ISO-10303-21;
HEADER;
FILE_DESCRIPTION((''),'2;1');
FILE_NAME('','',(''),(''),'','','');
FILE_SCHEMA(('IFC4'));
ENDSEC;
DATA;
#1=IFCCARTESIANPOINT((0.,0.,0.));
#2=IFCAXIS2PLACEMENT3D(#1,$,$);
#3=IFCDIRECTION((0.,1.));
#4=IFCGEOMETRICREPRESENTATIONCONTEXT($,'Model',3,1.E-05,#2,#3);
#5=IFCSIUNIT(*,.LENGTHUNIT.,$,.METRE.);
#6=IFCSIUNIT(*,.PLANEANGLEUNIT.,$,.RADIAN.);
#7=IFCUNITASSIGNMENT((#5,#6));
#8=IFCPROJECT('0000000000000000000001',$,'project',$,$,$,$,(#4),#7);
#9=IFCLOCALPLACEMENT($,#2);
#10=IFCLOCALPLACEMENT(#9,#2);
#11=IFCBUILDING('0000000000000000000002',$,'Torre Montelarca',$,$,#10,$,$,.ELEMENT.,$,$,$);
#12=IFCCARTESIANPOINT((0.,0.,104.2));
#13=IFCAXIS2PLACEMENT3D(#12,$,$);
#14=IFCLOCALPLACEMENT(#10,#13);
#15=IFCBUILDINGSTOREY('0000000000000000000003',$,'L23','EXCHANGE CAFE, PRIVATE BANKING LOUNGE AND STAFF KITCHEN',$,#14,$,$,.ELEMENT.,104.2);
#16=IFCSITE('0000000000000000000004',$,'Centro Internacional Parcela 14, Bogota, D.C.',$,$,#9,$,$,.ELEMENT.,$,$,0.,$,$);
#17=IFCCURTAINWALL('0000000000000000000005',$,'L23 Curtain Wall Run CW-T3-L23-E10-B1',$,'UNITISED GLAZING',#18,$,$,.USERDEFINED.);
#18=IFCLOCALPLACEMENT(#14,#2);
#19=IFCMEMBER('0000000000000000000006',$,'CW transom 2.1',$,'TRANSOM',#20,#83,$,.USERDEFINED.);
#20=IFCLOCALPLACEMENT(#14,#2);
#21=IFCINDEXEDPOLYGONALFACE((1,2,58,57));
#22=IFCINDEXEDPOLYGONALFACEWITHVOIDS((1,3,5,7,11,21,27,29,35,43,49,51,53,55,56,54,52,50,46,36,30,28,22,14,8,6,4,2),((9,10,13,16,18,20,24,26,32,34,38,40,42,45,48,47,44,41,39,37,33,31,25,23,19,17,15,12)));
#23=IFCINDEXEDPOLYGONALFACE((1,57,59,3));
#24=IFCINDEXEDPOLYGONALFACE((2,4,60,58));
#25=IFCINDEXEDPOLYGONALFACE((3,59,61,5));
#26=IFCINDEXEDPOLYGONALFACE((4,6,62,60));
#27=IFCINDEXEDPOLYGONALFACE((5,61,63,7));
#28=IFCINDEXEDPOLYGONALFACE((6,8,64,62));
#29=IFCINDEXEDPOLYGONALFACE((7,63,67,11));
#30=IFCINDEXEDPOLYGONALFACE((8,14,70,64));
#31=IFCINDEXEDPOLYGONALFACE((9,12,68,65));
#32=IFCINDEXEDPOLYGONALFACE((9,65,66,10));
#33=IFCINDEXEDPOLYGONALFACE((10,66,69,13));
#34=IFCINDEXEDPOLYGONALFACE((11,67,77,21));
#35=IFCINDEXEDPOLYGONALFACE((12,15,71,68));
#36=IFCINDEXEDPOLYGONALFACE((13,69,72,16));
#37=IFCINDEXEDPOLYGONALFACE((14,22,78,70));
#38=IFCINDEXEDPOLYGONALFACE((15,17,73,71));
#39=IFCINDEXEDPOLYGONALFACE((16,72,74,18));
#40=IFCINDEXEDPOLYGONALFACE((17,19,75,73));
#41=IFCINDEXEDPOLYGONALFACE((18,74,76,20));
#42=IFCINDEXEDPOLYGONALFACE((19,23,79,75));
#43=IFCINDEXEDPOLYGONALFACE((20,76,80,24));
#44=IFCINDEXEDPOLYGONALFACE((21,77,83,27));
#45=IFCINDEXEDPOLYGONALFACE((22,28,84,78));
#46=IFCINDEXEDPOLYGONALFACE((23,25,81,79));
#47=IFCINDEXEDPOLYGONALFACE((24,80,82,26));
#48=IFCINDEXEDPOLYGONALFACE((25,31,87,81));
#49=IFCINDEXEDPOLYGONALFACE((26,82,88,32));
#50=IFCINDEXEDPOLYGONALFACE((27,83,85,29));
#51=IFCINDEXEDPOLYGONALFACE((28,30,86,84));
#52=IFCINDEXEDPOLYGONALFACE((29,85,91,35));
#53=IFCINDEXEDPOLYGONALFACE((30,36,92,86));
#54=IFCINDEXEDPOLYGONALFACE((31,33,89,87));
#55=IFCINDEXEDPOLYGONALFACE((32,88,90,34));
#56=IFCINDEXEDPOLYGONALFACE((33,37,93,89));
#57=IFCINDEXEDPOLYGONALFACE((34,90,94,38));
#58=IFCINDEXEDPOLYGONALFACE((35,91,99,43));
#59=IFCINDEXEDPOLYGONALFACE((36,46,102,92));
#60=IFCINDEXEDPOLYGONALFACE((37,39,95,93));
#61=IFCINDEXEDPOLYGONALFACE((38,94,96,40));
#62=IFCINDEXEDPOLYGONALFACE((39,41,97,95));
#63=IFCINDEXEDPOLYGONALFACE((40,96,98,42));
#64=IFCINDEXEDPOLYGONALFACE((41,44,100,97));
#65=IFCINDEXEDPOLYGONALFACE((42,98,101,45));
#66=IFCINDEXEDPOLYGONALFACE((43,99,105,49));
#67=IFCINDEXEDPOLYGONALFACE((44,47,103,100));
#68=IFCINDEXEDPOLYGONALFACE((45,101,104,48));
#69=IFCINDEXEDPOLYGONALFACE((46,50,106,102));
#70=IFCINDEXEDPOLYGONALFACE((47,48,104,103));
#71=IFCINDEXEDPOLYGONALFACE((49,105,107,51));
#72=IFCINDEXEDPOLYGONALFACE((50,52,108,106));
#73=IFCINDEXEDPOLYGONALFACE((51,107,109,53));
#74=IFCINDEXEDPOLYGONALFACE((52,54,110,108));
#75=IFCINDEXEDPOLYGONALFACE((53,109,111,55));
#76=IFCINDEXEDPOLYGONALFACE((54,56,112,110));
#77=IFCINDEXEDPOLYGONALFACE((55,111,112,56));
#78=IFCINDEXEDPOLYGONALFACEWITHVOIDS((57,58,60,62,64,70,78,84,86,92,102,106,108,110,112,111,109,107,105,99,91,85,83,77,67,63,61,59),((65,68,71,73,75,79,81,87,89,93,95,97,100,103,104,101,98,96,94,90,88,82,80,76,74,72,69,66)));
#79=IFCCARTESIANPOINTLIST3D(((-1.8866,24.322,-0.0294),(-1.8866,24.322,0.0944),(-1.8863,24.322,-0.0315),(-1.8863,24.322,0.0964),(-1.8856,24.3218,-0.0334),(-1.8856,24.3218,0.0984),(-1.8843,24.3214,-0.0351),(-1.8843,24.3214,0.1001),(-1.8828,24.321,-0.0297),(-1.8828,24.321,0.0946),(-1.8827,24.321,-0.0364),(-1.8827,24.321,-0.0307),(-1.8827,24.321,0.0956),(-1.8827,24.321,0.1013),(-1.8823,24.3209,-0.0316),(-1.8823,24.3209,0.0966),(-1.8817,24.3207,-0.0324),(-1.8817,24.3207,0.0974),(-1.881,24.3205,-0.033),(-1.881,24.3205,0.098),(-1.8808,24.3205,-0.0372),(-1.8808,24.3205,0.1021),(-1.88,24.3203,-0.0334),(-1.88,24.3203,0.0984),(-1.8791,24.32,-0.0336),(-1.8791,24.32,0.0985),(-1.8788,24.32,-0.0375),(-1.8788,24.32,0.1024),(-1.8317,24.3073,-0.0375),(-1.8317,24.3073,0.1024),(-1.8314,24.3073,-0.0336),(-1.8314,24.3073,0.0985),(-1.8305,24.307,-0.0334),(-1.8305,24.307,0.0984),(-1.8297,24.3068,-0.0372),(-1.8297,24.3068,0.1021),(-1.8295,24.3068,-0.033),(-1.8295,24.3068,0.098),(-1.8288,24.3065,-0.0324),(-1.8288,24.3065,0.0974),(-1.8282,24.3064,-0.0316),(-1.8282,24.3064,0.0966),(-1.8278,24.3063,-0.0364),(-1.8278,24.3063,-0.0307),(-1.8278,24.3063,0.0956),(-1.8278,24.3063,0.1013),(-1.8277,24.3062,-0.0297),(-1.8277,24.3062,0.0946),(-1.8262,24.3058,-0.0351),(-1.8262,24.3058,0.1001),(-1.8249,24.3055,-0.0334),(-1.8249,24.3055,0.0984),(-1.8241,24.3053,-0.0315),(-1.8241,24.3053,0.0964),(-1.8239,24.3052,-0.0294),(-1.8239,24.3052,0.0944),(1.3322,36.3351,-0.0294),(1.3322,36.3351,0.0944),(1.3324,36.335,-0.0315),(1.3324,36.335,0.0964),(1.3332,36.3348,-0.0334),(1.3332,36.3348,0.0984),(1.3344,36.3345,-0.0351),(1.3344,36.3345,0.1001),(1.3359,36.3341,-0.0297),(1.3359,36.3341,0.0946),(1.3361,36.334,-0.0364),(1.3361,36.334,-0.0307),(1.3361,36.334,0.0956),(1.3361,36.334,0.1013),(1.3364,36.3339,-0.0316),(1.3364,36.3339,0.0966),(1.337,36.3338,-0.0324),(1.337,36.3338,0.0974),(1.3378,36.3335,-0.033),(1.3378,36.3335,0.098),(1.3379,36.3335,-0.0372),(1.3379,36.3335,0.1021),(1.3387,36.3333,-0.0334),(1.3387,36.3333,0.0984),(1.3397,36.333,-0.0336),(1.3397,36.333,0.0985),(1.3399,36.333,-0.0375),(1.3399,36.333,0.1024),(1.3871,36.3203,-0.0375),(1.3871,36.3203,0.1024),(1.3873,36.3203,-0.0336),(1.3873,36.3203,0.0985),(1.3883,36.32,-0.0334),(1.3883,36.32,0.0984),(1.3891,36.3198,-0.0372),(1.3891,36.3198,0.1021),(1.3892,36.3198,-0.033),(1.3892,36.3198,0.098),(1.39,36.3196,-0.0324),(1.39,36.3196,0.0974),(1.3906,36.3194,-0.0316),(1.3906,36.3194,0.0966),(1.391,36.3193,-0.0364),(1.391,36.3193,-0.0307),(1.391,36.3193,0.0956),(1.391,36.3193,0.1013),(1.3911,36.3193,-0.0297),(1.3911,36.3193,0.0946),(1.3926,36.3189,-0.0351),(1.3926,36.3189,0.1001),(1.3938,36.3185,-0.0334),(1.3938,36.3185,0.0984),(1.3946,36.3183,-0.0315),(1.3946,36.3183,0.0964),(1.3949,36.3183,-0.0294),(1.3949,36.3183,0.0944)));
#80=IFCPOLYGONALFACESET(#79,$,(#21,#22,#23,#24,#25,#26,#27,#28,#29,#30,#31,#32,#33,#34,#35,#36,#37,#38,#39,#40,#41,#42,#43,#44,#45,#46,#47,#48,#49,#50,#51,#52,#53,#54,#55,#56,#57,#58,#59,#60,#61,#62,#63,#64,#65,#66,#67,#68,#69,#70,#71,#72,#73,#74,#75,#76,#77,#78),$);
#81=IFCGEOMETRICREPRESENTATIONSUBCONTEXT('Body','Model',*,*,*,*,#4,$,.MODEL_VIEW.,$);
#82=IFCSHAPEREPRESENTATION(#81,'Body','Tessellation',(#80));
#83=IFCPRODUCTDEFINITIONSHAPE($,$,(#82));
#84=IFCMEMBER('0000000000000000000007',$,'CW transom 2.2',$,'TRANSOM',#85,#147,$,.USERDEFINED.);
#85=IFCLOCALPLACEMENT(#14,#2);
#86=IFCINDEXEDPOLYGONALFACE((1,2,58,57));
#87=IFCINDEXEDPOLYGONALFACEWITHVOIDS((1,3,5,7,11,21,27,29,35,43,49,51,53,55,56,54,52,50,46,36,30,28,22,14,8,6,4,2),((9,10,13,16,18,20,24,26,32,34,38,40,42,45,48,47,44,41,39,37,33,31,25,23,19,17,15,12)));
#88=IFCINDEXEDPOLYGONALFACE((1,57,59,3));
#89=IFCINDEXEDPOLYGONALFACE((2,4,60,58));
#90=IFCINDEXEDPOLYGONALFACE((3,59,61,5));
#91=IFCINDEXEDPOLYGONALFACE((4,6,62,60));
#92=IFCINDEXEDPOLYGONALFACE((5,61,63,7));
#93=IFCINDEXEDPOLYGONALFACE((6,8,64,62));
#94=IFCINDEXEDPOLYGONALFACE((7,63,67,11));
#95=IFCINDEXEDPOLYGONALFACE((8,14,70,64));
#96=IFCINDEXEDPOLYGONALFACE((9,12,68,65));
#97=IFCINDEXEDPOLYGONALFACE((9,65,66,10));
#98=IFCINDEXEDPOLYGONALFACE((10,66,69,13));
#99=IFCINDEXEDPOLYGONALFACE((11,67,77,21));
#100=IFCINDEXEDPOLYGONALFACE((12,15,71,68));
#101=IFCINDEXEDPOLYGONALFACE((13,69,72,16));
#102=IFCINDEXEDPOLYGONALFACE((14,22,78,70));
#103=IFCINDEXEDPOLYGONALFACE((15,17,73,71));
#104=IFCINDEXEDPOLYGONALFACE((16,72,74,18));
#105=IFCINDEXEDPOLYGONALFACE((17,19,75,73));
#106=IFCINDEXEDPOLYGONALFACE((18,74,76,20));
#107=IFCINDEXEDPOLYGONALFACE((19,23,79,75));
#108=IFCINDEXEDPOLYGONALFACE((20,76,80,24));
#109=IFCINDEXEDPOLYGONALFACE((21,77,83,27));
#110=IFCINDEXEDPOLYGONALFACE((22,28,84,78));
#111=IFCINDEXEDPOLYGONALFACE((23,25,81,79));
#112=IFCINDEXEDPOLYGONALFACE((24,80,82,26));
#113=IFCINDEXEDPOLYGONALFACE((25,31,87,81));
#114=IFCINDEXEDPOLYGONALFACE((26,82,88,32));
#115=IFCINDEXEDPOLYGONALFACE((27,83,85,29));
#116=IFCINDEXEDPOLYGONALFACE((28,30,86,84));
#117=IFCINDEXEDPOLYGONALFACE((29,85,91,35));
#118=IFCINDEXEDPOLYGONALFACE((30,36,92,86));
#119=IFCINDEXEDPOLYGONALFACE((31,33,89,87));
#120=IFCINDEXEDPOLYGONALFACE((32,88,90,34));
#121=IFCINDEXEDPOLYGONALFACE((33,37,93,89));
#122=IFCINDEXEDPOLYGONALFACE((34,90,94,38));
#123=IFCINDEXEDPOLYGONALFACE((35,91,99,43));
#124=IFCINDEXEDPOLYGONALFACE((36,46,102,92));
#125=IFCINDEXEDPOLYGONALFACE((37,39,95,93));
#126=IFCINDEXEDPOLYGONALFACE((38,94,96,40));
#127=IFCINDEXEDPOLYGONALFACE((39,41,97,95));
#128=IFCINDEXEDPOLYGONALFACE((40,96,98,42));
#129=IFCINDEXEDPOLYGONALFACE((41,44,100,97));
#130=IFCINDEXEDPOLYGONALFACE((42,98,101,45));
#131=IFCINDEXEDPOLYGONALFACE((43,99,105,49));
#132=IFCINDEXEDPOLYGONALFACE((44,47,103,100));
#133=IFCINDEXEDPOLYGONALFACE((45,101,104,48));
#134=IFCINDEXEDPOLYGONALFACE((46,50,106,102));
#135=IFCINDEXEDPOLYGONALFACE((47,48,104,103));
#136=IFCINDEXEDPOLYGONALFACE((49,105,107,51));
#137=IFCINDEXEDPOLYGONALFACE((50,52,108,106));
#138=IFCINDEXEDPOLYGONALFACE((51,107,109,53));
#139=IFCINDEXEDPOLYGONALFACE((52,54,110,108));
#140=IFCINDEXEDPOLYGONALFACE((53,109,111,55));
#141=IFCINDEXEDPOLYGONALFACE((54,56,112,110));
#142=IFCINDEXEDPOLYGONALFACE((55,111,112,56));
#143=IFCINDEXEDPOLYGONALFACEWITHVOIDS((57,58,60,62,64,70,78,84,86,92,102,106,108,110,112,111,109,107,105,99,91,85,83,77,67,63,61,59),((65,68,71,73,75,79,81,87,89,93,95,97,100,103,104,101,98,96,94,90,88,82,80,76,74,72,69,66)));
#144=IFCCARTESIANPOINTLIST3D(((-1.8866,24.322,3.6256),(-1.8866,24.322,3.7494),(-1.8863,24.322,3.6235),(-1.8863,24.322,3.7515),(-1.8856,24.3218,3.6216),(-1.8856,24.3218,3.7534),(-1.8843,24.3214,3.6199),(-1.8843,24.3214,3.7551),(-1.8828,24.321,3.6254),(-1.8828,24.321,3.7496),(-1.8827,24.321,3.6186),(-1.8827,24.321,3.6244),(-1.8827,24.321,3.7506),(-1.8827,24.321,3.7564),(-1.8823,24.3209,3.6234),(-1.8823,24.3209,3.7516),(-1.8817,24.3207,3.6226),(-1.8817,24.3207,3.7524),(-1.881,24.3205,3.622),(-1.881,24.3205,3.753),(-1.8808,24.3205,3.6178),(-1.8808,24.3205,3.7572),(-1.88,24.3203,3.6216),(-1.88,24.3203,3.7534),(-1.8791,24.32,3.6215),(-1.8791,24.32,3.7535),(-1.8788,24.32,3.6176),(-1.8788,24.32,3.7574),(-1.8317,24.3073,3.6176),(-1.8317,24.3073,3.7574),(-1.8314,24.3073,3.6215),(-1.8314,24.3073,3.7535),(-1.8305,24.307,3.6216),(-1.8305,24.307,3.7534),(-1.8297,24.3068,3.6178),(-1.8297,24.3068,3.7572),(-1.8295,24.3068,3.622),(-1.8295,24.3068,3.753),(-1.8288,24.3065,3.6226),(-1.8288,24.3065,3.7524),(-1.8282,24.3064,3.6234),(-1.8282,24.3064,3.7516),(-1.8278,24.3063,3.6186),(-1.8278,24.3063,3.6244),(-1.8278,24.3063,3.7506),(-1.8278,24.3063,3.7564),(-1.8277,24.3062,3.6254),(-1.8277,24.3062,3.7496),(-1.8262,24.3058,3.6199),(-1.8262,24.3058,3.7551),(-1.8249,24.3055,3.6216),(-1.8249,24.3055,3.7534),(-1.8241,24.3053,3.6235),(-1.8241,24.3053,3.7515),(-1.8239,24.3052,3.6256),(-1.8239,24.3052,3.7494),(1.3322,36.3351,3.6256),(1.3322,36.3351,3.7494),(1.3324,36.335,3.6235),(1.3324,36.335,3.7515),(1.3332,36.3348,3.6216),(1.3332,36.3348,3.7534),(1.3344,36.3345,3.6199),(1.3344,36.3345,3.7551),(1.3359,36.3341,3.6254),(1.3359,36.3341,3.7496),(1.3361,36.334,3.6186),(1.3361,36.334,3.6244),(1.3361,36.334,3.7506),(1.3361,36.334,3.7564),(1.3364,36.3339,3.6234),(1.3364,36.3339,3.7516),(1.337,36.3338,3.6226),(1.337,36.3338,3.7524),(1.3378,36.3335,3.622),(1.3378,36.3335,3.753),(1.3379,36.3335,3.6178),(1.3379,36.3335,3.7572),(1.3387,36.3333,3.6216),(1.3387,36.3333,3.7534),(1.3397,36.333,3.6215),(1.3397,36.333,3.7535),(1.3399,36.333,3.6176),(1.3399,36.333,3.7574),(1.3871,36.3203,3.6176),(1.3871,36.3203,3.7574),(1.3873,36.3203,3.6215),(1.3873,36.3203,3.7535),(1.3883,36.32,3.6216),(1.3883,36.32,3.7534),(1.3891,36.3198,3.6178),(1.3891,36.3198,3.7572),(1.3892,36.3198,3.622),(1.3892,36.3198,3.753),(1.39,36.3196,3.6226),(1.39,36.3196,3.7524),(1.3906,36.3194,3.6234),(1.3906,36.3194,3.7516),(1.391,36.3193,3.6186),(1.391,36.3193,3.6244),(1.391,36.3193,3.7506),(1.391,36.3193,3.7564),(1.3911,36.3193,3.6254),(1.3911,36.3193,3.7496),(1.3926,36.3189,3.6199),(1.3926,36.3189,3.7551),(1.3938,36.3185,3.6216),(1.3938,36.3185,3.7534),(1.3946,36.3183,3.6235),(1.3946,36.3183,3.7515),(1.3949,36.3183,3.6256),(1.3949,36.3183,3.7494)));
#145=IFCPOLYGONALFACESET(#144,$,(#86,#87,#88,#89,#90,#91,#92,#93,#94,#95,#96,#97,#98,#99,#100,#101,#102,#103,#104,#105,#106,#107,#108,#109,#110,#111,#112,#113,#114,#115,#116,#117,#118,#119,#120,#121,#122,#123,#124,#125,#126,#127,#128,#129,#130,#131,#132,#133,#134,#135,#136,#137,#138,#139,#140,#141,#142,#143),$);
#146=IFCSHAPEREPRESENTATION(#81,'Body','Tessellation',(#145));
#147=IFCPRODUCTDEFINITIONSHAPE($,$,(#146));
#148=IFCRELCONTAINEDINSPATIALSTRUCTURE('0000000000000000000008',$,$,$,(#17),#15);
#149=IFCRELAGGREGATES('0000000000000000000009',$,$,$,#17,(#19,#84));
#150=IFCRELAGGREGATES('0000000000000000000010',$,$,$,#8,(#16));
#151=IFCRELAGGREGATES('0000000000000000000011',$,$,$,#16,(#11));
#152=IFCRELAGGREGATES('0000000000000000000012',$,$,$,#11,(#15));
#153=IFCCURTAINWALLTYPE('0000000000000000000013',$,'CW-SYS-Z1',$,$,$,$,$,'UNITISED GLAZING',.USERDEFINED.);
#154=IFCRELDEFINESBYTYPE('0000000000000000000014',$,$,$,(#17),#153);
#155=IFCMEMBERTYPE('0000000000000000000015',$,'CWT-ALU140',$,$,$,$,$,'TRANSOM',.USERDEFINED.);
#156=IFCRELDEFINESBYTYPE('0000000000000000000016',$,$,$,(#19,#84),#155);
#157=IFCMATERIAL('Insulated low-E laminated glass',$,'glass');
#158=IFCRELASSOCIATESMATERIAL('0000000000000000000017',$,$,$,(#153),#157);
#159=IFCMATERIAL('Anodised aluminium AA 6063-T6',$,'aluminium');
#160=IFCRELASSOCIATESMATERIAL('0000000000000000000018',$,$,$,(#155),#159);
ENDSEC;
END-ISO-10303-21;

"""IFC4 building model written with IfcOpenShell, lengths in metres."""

from ifc_helpers import new_model, si_unit, direction, frame, origin, origin_2d, place, context, subcontext, project, spatial, hollow_rectangle, extrude, source, transform, mapped, material, material_profile, profile_set, type_object, element, aggregate, save


model = new_model("IFC4")

# Units and contexts
model_context = context("Model", 3, precision=1e-05, world=origin(), true_north=direction((0.0, 1.0)))
body_context = subcontext(model_context, "Body", "Model", "MODEL_VIEW")
ifc_project = project(units=[si_unit("LENGTHUNIT", "METRE"), si_unit("PLANEANGLEUNIT", "RADIAN")], contexts=[model_context])

# Site, building, storey
site_placement = place(None, origin())
site = spatial("IfcSite", under=ifc_project, at=site_placement, Name="Centro Internacional Parcela 14, Bogota, D.C.", CompositionType="ELEMENT", RefElevation=0.0)
building_placement = place(site_placement, origin())
building = spatial("IfcBuilding", under=site, at=building_placement, Name="Torre Montelarca", CompositionType="ELEMENT")
storey_placement = place(building_placement, frame((0.0, 0.0, 104.2)))
storey = spatial("IfcBuildingStorey", under=building, at=storey_placement, Name="L23", Description="EXCHANGE CAFE, PRIVATE BANKING LOUNGE AND STAFF KITCHEN", CompositionType="ELEMENT", Elevation=104.2)

# Curtain wall, members
ifc_material_1 = material(Name="Insulated low-E laminated glass", Category="glass")
curtain_wall_type = type_object("IfcCurtainWallType", Name="CW-SYS-Z1", ElementType="UNITISED GLAZING", PredefinedType="USERDEFINED", material=ifc_material_1)
curtain_wall_placement = place(storey_placement, origin())
curtain_wall = element("IfcCurtainWall", 1, at=curtain_wall_placement, inside=storey, type_object=curtain_wall_type, Name="L23 Curtain Wall Run CW-T3-L23-E10-B1", ObjectType="UNITISED GLAZING", PredefinedType="USERDEFINED")
ifc_material_2 = material(Name="Anodised aluminium AA 6063-T6", Category="aluminium")
ifc_material_profile_1 = material_profile(ifc_material_2, hollow_rectangle(XDim=0.0649, YDim=0.1399, WallThickness=0.0039, InnerFilletRadius=0.0039, OuterFilletRadius=0.0081, at=origin_2d()), Name="ALU65X140X4", Category="aluminium")
ifc_profile_set_1 = profile_set([ifc_material_profile_1], Name="Anodised aluminium AA 6063-T6")
member_type_1 = type_object("IfcMemberType", Name="CWT-ALU140", ElementType="TRANSOM", PredefinedType="USERDEFINED", material=ifc_profile_set_1)
shared_shape_1 = source(origin(), body_context, "Body", "SweptSolid", [
    extrude(hollow_rectangle(XDim=0.0649, YDim=0.1399, WallThickness=0.0039, InnerFilletRadius=0.0039, OuterFilletRadius=0.0081, at=origin_2d()), origin(), (0.0, 0.0, 1.0), 12.4368),
])
member_1_placement = place(storey_placement, frame((1.3635, 36.3267, 0.0325), z_axis=(-0.258811, -0.965928, 0.0), x_axis=(0.965928, -0.258811, 0.0)))
member_1 = element("IfcMember", 2, at=member_1_placement, type_object=member_type_1, Name="CW transom 2.1", ObjectType="TRANSOM", PredefinedType="USERDEFINED", context=body_context, shape_type="MappedRepresentation", body=[
    mapped(shared_shape_1, transform((0.0, 0.0, 0.0), scale=1.0)),
])
member_2_placement = place(storey_placement, frame((1.3635, 36.3267, 3.6875), z_axis=(-0.258811, -0.965928, 0.0), x_axis=(0.965928, -0.258811, 0.0)))
member_2 = element("IfcMember", 3, at=member_2_placement, type_object=member_type_1, Name="CW transom 2.2", ObjectType="TRANSOM", PredefinedType="USERDEFINED", context=body_context, shape_type="MappedRepresentation", body=[
    mapped(shared_shape_1, transform((0.0, 0.0, 0.0), scale=1.0)),
])
aggregate(curtain_wall, [member_1, member_2])

save(model, "model.ifc")
